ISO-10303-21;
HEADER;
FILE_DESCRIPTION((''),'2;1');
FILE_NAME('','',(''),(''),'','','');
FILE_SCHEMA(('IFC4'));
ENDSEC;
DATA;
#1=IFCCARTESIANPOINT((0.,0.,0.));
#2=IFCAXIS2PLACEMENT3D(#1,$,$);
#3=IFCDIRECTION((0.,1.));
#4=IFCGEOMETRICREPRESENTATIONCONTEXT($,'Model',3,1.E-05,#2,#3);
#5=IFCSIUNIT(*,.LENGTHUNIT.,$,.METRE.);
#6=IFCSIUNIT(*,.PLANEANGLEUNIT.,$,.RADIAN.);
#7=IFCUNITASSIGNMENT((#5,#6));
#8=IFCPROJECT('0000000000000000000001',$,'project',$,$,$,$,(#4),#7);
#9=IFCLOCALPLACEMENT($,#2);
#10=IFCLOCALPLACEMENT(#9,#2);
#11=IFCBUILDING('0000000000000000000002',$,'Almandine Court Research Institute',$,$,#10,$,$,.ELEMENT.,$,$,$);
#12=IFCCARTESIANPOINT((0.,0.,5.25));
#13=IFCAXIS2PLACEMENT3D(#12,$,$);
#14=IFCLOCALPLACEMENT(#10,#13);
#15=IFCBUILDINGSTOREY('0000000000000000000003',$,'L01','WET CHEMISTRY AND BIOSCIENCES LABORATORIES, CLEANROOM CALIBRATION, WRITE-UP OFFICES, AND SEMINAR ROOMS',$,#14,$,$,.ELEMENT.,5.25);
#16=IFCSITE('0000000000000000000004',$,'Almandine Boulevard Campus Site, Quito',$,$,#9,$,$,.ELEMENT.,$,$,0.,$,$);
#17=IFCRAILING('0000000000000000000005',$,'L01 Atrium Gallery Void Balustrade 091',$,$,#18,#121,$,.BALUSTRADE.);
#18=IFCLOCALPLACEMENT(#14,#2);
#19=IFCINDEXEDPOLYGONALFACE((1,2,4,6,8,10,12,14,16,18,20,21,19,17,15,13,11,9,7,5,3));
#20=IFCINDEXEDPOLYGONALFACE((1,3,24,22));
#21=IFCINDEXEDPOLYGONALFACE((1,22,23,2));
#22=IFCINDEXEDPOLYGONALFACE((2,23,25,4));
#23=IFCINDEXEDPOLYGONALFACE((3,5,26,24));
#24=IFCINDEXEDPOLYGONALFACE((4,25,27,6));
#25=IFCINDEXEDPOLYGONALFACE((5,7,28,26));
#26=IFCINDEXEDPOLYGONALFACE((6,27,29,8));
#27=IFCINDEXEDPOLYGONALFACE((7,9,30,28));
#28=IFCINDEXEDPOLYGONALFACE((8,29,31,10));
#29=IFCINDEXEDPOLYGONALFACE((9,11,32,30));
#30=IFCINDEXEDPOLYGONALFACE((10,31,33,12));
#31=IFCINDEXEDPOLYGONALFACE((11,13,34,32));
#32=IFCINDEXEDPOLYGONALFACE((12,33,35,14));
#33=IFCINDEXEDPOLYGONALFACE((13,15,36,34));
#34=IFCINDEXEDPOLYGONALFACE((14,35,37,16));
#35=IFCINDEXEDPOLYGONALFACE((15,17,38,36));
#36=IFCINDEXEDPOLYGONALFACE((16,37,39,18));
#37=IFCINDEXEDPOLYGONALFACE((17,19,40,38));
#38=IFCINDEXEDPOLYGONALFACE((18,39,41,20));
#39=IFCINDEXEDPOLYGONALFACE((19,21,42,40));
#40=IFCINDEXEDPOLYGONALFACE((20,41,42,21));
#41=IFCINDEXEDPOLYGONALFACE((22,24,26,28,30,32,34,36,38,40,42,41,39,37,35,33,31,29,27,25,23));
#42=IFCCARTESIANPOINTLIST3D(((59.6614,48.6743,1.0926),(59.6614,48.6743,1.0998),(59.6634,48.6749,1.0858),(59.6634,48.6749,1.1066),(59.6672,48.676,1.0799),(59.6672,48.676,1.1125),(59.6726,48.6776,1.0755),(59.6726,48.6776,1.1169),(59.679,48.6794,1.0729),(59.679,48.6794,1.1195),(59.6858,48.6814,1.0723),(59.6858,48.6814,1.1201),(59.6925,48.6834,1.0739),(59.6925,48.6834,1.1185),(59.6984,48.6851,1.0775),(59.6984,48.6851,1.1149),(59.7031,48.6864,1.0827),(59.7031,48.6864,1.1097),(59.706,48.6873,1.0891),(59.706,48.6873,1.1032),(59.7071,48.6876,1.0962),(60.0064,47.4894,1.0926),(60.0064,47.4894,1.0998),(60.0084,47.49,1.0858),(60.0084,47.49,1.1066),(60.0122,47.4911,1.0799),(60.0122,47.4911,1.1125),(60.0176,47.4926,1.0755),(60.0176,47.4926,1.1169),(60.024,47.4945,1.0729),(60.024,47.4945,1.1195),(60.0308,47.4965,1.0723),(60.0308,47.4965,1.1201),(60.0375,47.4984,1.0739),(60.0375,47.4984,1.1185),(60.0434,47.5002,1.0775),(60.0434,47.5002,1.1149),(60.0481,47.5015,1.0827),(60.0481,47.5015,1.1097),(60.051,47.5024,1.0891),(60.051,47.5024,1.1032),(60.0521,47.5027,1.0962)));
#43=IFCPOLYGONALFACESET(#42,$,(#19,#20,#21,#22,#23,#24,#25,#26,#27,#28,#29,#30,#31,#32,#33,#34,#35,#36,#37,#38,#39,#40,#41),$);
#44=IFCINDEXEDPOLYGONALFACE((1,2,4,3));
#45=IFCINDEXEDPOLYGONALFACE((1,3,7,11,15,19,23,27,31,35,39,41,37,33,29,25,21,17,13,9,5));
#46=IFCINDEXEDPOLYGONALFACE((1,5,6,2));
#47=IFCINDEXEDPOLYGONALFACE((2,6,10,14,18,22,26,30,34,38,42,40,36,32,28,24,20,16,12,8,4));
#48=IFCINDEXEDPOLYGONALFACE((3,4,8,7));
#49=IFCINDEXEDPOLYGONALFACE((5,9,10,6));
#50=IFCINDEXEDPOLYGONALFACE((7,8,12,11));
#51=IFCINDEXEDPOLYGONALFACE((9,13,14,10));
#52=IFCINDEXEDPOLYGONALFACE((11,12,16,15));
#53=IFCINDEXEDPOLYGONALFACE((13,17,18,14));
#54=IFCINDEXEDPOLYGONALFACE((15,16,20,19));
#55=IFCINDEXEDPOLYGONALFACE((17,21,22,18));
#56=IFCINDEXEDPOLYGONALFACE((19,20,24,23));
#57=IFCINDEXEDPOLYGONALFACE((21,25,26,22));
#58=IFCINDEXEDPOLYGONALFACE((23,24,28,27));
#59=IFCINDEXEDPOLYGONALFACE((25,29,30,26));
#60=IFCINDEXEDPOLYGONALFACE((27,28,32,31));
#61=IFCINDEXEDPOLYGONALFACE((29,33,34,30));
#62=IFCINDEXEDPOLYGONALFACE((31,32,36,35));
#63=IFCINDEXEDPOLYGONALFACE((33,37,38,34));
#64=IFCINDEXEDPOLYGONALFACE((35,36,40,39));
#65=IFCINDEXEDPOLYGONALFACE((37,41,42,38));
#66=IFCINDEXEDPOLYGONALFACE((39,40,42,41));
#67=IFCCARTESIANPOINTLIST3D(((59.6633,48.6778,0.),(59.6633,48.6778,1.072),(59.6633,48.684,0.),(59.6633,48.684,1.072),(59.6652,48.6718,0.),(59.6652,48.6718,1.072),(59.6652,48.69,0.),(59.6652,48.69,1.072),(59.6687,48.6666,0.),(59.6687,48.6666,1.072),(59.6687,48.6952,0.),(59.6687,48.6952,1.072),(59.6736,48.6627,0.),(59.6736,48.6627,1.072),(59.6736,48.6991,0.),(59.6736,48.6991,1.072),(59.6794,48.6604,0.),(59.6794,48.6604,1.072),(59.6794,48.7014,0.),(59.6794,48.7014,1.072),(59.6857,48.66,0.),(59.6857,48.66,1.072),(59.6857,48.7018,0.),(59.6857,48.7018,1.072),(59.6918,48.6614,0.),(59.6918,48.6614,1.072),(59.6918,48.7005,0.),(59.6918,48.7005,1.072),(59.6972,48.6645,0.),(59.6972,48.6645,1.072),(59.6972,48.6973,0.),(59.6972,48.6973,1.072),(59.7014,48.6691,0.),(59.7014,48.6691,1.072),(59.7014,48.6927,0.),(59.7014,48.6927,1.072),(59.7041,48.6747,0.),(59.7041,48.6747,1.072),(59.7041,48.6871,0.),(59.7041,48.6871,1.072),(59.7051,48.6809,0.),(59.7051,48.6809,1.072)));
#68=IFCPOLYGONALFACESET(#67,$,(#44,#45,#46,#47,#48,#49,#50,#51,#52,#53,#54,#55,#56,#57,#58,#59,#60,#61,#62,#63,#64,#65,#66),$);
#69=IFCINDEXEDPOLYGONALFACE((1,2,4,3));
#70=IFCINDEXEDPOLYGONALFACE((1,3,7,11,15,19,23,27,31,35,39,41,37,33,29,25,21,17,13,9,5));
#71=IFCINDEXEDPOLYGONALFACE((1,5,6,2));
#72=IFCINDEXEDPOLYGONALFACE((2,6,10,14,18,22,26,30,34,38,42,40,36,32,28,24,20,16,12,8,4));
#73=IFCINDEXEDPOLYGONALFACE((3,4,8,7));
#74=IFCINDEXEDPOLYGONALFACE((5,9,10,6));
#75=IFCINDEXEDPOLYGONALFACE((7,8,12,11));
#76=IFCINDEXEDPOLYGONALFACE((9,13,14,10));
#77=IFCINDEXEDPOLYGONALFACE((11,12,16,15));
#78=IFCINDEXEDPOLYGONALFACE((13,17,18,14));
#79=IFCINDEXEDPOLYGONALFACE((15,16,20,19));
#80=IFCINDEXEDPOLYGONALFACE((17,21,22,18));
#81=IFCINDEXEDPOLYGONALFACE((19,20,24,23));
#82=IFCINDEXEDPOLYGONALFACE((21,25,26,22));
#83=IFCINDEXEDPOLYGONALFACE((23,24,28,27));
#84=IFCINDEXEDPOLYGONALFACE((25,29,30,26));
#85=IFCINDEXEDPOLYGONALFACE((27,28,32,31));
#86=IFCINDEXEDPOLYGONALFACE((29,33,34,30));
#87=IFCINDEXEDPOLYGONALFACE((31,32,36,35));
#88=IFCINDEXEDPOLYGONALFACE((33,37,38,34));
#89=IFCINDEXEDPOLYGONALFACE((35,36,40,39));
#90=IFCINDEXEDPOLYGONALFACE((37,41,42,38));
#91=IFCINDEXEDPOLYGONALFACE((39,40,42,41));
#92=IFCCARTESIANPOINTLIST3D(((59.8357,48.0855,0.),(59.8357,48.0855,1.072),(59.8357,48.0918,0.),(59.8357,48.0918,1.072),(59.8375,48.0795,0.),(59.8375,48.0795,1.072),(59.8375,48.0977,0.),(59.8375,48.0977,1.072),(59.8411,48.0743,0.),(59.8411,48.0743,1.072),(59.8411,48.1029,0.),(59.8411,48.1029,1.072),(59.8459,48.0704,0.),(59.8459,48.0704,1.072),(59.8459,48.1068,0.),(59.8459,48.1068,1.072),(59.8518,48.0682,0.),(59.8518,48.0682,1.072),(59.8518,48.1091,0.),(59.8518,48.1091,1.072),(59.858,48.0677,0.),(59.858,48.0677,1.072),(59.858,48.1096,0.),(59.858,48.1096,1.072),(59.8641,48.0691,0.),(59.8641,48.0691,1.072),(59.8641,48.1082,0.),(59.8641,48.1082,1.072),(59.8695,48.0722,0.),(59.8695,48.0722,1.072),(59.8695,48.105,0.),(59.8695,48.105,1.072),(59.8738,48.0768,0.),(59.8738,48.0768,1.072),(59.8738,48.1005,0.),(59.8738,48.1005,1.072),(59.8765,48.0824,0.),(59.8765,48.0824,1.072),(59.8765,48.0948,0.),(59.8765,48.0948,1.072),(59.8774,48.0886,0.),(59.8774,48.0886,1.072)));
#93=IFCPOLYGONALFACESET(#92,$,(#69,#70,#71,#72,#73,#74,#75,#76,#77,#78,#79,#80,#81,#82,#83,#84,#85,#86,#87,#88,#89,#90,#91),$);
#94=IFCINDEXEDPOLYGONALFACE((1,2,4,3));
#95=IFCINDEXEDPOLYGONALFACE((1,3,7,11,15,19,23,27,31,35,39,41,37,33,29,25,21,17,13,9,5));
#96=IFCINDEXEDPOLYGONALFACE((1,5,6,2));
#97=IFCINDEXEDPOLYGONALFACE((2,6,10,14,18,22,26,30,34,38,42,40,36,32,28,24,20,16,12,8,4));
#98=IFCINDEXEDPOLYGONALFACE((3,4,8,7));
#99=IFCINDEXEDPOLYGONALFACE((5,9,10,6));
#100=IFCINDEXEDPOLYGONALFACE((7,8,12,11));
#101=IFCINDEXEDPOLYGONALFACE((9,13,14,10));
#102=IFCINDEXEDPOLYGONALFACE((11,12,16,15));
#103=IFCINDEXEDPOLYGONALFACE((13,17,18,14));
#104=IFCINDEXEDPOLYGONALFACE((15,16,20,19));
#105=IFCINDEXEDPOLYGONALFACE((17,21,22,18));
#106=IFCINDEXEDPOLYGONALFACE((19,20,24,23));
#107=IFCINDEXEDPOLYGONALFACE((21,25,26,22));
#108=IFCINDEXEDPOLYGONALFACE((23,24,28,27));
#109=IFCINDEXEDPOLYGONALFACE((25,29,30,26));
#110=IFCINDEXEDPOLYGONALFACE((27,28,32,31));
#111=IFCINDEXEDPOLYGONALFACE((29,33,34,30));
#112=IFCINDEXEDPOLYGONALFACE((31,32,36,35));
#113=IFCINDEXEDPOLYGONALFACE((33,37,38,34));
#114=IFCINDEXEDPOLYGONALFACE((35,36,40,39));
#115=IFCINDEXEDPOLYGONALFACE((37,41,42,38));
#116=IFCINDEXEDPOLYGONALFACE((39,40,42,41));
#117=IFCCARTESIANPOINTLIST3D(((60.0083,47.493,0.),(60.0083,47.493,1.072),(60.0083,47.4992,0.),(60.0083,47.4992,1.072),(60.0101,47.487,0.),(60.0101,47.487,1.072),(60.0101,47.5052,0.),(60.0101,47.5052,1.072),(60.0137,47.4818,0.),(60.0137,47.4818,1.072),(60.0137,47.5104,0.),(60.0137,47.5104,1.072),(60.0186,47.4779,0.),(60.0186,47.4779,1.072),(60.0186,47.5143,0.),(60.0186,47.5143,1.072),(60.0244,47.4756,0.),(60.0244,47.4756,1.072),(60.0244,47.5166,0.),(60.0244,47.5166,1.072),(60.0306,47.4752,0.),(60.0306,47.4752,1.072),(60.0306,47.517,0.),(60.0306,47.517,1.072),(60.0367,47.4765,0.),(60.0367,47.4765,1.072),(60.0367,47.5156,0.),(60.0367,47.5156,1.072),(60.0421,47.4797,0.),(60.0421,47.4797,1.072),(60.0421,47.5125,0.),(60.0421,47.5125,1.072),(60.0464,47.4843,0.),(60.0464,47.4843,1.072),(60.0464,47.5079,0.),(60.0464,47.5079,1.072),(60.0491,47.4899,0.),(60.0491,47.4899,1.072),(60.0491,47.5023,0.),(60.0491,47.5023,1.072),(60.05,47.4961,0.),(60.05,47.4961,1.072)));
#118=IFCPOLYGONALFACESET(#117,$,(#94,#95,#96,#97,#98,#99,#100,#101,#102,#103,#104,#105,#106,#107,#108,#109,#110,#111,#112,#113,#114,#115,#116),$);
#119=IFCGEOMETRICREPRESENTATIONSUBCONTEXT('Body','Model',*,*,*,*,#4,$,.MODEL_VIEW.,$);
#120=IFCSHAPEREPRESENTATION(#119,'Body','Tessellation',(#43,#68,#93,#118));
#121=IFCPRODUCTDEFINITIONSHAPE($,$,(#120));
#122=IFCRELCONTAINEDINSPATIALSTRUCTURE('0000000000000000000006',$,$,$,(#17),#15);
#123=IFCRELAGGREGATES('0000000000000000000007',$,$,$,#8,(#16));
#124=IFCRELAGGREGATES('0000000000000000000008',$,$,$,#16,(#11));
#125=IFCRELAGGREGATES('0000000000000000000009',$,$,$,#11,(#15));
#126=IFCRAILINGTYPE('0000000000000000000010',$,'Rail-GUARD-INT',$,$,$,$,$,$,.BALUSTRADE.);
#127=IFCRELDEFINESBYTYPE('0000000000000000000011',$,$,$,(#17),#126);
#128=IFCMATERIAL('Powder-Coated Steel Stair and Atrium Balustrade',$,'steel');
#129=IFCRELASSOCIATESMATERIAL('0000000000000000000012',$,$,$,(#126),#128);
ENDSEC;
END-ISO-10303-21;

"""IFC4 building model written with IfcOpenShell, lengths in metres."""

from ifc_helpers import new_model, si_unit, direction, frame, origin, origin_2d, place, context, subcontext, project, spatial, circle, extrude, material, type_object, element, save


model = new_model("IFC4")

# Units and contexts
model_context = context("Model", 3, precision=1e-05, world=origin(), true_north=direction((0.0, 1.0)))
body_context = subcontext(model_context, "Body", "Model", "MODEL_VIEW")
ifc_project = project(units=[si_unit("LENGTHUNIT", "METRE"), si_unit("PLANEANGLEUNIT", "RADIAN")], contexts=[model_context])

# Site, building, storey
site_placement = place(None, origin())
site = spatial("IfcSite", under=ifc_project, at=site_placement, Name="Almandine Boulevard Campus Site, Quito", CompositionType="ELEMENT", RefElevation=0.0)
building_placement = place(site_placement, origin())
building = spatial("IfcBuilding", under=site, at=building_placement, Name="Almandine Court Research Institute", CompositionType="ELEMENT")
storey_placement = place(building_placement, frame((0.0, 0.0, 5.25)))
storey = spatial("IfcBuildingStorey", under=building, at=storey_placement, Name="L01", Description="WET CHEMISTRY AND BIOSCIENCES LABORATORIES, CLEANROOM CALIBRATION, WRITE-UP OFFICES, AND SEMINAR ROOMS", CompositionType="ELEMENT", Elevation=5.25)

# Railing
ifc_material_1 = material(Name="Powder-Coated Steel Stair and Atrium Balustrade", Category="steel")
railing_type = type_object("IfcRailingType", Name="Rail-GUARD-INT", PredefinedType="BALUSTRADE", material=ifc_material_1)
railing_1_placement = place(storey_placement, frame((59.6841, 48.6809, 0.0)))
element("IfcRailing", 1, at=railing_1_placement, inside=storey, type_object=railing_type, Name="L01 Atrium Gallery Void Balustrade 091", PredefinedType="BALUSTRADE", context=body_context, shape_type="SweptSolid", body=[
    extrude(circle(Radius=0.0239, at=origin_2d()), frame((0.0, 0.0, 1.0962), z_axis=(0.279552, -0.960131, 0.0), x_axis=(0.960131, 0.279552, 0.0)), (0.0, 0.0, 1.0), 1.2341),
    extrude(circle(Radius=0.021, at=origin_2d()), origin(), (0.0, 0.0, 1.0), 1.072),
    extrude(circle(Radius=0.021, at=origin_2d()), frame((0.1724, -0.5923, 0.0)), (0.0, 0.0, 1.0), 1.072),
    extrude(circle(Radius=0.021, at=origin_2d()), frame((0.345, -1.1848, 0.0)), (0.0, 0.0, 1.0), 1.072),
])

save(model, "model.ifc")
